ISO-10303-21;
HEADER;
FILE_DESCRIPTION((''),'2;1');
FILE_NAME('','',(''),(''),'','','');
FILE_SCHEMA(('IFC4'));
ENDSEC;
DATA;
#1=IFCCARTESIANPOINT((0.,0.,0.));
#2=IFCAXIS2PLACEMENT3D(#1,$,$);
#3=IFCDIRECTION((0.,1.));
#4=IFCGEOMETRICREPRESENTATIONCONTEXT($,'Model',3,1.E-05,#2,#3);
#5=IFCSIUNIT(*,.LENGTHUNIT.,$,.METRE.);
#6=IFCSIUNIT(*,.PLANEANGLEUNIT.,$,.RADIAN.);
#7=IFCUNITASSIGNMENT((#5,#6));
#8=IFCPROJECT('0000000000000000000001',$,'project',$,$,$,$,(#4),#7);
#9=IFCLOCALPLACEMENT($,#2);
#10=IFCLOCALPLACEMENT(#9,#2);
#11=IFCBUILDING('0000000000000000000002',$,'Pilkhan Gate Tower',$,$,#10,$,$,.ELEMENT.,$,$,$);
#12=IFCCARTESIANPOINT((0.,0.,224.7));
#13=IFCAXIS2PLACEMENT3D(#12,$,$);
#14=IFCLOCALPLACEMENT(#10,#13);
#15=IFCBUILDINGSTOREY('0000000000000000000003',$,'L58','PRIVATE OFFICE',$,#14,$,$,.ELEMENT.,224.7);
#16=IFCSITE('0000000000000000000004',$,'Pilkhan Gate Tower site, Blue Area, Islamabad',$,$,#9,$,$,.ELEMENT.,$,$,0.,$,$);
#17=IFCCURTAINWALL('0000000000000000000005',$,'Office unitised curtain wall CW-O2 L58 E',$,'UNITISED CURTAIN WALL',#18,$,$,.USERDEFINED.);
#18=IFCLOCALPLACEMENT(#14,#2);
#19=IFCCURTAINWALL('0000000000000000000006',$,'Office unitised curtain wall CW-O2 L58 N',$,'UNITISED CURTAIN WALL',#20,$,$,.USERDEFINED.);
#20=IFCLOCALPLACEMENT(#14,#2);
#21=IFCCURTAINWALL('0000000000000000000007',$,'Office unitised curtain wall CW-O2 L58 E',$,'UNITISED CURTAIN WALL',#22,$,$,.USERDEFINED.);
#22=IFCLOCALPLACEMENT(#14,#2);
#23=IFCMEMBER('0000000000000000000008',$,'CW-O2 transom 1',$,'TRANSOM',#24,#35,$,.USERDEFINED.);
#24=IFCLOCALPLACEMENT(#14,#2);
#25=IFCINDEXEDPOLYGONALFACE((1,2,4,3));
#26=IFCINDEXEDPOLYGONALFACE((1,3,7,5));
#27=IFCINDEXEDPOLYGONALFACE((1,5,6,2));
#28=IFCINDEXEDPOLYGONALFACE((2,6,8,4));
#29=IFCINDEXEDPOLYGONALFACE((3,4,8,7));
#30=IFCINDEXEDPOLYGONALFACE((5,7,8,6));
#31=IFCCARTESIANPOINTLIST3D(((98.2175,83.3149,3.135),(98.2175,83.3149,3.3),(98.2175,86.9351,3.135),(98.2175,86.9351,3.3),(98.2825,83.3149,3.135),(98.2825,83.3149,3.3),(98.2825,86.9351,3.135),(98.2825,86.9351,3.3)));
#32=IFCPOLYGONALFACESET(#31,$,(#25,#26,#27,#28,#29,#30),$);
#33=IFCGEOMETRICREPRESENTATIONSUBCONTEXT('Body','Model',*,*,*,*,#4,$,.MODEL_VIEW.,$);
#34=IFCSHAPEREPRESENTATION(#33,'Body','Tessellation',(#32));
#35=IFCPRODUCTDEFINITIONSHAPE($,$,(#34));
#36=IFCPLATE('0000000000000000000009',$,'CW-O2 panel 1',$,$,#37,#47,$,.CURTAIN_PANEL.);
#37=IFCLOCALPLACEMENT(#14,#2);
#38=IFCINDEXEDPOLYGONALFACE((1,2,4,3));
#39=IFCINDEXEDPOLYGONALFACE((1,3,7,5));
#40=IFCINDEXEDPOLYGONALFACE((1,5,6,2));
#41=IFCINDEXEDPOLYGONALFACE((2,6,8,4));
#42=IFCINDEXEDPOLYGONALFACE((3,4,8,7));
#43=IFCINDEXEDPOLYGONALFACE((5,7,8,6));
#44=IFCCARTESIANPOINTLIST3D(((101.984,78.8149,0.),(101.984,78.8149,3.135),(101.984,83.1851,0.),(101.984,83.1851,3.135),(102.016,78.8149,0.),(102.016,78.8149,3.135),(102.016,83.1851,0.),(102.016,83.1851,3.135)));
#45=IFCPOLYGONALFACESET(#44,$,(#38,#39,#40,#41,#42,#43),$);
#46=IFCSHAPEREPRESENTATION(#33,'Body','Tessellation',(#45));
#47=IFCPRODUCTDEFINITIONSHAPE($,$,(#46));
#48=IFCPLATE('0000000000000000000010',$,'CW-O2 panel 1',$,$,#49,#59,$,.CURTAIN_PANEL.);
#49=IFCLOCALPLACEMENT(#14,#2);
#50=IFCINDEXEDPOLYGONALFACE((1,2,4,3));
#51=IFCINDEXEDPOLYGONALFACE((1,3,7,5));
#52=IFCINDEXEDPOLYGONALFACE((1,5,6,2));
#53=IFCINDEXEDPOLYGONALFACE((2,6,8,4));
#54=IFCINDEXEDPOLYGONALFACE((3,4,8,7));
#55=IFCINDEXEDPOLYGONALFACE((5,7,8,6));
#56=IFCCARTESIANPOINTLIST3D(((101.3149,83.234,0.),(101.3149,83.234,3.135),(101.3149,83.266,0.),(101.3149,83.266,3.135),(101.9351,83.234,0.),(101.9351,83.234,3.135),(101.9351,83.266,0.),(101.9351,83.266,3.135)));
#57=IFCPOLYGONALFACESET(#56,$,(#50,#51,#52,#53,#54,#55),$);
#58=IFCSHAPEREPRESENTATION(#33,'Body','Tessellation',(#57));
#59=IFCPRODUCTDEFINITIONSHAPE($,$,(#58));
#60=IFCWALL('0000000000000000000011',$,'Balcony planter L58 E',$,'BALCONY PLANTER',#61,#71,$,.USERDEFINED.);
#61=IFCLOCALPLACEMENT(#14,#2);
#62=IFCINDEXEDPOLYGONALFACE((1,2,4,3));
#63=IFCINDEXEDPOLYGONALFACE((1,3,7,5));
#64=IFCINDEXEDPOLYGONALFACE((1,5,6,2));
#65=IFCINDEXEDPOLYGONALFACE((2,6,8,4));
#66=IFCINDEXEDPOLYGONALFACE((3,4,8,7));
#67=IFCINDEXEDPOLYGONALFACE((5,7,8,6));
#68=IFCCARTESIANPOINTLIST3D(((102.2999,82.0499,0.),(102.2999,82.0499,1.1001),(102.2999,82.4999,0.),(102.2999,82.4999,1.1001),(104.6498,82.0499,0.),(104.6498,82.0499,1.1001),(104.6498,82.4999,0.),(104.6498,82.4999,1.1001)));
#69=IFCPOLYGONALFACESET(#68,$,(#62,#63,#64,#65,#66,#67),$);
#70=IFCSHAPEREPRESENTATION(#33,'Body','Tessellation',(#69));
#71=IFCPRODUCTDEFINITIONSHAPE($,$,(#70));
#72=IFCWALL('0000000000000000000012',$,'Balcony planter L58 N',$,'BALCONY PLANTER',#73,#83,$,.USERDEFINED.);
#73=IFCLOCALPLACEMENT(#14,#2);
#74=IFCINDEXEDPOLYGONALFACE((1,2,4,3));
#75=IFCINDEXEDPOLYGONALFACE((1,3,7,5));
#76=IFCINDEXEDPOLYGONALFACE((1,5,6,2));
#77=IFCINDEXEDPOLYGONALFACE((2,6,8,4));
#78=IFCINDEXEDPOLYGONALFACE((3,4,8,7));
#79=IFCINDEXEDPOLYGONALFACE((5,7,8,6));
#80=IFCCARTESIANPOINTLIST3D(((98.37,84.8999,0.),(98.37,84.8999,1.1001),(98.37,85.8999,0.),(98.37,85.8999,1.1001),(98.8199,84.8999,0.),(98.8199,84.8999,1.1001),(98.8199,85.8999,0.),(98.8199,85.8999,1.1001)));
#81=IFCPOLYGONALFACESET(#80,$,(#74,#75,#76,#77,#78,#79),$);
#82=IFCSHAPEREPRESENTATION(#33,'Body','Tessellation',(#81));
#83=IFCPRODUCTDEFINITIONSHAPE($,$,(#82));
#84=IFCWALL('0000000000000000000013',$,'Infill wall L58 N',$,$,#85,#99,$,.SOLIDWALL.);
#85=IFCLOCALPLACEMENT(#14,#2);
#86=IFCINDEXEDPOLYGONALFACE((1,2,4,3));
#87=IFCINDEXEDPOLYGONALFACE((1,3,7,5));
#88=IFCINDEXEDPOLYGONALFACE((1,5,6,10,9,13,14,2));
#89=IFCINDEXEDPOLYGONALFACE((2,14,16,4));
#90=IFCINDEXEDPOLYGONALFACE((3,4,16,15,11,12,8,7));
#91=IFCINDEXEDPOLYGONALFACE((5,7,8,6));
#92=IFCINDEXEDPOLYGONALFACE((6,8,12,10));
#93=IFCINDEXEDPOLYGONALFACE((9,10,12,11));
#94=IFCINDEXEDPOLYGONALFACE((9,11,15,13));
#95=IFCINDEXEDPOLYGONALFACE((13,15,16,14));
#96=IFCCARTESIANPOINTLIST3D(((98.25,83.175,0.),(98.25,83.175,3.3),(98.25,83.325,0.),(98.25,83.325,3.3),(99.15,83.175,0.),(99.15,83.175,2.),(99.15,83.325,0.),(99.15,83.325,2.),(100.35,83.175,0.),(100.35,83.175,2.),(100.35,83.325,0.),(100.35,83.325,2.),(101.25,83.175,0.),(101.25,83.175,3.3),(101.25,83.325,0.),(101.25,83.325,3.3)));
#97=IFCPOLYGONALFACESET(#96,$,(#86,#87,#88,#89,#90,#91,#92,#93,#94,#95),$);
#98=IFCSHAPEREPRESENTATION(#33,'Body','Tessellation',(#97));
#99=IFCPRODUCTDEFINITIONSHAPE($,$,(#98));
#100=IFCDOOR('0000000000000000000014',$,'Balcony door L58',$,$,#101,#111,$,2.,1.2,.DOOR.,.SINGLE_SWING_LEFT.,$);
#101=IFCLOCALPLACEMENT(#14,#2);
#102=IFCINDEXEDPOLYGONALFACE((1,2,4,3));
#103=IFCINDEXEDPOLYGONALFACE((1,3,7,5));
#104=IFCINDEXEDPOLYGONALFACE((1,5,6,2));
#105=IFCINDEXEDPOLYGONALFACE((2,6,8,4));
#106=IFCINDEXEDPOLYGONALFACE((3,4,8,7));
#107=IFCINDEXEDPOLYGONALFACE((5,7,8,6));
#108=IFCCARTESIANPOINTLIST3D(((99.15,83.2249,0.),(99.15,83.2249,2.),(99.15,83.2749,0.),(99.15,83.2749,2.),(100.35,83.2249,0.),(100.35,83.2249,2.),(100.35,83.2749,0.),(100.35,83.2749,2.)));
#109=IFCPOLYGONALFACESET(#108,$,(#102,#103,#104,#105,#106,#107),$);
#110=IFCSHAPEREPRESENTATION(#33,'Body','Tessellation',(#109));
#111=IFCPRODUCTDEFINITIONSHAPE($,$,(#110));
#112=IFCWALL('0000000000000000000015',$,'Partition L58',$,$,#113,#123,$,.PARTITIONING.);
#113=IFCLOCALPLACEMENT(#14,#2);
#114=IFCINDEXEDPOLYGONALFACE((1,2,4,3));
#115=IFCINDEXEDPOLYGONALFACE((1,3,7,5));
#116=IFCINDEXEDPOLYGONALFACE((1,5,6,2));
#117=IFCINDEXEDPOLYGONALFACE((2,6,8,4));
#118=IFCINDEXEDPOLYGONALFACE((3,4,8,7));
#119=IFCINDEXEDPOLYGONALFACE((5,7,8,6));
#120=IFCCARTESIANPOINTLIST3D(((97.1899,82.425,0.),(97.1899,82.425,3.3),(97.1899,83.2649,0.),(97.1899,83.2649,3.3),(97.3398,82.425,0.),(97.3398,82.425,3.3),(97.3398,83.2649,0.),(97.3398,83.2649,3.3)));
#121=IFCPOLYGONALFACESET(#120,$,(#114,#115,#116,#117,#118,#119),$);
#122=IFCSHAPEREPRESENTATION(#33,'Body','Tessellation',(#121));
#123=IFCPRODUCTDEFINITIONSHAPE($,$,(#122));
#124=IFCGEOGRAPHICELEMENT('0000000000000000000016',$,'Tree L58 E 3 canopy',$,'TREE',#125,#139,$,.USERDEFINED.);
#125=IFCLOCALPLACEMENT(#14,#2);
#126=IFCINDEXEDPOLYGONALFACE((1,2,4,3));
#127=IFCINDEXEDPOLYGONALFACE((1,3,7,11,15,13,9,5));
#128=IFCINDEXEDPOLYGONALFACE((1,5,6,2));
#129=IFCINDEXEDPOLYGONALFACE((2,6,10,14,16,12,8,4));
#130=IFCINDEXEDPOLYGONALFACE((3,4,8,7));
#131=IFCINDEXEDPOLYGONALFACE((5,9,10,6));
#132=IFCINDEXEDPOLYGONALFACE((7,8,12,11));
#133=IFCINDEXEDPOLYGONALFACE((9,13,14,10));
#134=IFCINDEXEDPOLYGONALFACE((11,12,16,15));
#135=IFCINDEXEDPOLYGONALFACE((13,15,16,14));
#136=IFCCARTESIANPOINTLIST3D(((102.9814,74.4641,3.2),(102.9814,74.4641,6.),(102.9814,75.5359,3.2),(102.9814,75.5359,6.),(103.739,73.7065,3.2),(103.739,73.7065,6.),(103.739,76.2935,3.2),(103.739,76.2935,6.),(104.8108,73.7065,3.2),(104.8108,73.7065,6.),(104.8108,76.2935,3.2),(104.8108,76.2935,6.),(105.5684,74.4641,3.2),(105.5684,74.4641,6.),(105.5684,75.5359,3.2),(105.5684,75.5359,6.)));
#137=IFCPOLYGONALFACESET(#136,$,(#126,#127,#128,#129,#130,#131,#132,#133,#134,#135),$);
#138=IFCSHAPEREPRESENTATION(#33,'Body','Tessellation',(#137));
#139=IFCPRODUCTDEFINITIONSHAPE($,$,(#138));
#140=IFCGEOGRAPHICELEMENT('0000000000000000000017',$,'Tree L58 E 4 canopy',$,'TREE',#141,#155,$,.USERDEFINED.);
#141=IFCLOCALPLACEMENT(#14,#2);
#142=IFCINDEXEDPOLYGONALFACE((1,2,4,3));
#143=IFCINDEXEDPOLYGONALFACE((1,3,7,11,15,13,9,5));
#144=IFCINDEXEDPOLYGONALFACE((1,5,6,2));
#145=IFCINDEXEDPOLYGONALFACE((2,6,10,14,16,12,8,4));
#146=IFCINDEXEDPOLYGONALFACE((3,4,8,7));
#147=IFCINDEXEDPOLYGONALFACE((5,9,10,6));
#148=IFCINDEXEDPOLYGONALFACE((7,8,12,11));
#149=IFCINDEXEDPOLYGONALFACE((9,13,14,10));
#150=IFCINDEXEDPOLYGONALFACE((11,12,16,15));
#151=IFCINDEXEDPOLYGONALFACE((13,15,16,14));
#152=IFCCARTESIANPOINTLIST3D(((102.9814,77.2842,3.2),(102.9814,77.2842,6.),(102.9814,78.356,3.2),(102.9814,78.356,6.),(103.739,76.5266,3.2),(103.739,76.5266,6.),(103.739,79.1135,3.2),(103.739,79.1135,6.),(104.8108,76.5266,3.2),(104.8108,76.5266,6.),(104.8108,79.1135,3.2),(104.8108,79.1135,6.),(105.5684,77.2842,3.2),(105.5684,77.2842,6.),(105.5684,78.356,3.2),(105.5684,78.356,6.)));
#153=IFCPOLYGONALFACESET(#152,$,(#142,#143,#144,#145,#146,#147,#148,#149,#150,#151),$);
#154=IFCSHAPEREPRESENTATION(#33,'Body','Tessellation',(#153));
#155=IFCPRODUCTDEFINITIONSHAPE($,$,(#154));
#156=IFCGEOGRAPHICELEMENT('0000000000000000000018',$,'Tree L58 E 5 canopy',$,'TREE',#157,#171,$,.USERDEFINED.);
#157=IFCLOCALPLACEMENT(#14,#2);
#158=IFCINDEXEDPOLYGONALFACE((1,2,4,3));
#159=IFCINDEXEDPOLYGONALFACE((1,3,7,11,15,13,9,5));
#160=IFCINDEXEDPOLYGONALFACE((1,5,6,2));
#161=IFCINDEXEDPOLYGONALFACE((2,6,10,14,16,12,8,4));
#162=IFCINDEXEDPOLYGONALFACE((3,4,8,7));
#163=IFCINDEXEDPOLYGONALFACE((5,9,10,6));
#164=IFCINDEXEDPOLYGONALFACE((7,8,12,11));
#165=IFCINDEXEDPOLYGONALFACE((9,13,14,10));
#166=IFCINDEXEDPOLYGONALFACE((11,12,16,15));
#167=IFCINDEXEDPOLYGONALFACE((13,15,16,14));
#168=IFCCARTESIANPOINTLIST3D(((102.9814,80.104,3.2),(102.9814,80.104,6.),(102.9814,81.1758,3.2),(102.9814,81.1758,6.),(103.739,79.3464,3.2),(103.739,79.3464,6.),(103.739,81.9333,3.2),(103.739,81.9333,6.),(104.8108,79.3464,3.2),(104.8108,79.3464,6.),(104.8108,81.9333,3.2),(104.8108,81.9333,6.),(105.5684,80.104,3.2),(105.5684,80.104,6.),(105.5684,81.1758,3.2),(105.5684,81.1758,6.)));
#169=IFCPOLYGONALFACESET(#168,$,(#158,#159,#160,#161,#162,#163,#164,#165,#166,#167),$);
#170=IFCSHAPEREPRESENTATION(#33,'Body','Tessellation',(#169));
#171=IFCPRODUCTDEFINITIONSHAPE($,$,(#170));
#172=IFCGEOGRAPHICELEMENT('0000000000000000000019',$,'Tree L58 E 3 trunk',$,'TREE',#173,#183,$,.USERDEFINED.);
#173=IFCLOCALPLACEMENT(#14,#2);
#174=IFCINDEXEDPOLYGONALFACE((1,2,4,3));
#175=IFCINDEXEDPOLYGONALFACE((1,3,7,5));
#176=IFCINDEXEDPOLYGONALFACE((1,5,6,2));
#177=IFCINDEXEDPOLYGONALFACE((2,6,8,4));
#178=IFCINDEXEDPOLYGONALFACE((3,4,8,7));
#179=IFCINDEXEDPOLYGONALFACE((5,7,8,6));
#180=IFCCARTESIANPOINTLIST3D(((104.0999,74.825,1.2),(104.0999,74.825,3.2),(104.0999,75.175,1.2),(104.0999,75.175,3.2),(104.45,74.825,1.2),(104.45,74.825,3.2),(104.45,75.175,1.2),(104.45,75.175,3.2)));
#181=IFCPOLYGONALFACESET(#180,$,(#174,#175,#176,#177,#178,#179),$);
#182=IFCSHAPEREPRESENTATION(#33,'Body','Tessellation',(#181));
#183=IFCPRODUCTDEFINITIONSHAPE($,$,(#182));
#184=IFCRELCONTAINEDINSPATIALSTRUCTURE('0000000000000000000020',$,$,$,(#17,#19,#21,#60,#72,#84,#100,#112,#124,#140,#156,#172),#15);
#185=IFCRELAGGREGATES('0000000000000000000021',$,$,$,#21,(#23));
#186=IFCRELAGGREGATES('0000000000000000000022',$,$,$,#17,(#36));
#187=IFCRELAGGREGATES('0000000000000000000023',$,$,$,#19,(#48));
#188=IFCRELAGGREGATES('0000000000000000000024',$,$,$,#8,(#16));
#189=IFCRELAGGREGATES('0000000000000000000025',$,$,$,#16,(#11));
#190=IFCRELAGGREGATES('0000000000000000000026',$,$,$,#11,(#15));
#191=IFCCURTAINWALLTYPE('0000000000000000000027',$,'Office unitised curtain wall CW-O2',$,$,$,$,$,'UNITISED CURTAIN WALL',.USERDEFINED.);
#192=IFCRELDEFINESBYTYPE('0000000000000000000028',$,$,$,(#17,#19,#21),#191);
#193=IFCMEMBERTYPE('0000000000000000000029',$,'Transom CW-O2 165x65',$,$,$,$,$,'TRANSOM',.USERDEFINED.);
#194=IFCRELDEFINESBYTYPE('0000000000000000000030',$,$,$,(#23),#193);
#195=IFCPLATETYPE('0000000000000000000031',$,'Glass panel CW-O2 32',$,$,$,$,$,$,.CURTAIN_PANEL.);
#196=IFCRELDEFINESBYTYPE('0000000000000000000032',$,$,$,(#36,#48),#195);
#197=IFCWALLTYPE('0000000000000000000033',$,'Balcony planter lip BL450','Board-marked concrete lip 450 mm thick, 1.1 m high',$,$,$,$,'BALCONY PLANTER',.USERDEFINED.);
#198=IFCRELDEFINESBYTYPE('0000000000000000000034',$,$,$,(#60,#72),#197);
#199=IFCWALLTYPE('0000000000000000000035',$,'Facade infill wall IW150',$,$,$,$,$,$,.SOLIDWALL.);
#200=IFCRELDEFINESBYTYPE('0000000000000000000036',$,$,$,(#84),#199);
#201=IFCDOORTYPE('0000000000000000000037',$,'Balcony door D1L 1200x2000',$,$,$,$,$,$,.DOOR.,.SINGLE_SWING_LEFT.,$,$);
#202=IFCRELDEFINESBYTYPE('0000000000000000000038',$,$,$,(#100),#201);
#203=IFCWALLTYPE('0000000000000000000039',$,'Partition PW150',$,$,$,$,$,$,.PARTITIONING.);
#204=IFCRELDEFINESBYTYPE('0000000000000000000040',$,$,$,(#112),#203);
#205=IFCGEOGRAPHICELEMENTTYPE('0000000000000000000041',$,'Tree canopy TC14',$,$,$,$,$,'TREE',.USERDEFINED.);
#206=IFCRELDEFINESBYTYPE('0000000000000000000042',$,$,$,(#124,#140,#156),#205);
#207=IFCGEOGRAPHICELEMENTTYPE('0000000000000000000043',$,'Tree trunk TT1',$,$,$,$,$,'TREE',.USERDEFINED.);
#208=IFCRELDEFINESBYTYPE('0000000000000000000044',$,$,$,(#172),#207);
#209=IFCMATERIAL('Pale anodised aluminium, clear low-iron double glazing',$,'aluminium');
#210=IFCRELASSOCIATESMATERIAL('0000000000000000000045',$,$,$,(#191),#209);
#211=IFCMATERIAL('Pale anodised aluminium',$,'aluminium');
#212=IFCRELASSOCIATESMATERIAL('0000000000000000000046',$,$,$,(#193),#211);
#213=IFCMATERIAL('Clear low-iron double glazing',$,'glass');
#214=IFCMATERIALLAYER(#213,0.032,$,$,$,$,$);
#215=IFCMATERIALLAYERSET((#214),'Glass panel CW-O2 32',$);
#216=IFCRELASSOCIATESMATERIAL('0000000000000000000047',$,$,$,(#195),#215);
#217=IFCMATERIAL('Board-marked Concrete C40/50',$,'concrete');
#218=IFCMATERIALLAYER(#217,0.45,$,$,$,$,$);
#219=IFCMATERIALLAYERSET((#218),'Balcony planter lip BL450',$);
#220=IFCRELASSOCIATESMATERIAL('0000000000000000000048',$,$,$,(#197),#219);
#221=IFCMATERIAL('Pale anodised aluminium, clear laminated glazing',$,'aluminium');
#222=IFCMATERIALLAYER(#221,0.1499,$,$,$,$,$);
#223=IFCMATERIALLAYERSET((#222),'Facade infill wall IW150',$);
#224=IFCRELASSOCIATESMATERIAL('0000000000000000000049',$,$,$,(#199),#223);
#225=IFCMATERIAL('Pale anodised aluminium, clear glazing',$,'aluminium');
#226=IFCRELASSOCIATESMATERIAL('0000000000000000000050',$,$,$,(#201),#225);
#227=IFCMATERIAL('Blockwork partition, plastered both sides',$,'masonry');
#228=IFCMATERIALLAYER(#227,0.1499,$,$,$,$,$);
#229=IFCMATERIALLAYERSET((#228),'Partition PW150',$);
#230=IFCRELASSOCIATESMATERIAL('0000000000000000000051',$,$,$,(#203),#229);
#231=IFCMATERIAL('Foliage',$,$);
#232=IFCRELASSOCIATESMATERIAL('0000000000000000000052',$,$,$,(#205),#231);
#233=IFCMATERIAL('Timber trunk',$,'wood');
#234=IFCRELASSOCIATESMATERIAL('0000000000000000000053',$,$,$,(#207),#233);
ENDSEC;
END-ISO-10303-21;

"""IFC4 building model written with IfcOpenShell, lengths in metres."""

from ifc_helpers import new_model, si_unit, direction, frame, frame_2d, origin, origin_2d, place, context, subcontext, project, spatial, polyline, rectangle, outline, extrude, material, layer, layer_set, material_profile, profile_set, type_object, element, fill, aggregate, save


model = new_model("IFC4")

# Units and contexts
model_context = context("Model", 3, precision=1e-05, world=origin(), true_north=direction((0.0, 1.0)))
body_context = subcontext(model_context, "Body", "Model", "MODEL_VIEW")
ifc_project = project(units=[si_unit("LENGTHUNIT", "METRE"), si_unit("PLANEANGLEUNIT", "RADIAN")], contexts=[model_context])

# Site, building, storey
site_placement = place(None, origin())
site = spatial("IfcSite", under=ifc_project, at=site_placement, Name="Pilkhan Gate Tower site, Blue Area, Islamabad", CompositionType="ELEMENT", RefElevation=0.0)
building_placement = place(site_placement, origin())
building = spatial("IfcBuilding", under=site, at=building_placement, Name="Pilkhan Gate Tower", CompositionType="ELEMENT")
storey_placement = place(building_placement, frame((0.0, 0.0, 224.7)))
storey = spatial("IfcBuildingStorey", under=building, at=storey_placement, Name="L58", Description="PRIVATE OFFICE", CompositionType="ELEMENT", Elevation=224.7)

# Curtain walls
ifc_material_1 = material(Name="Pale anodised aluminium, clear low-iron double glazing", Category="aluminium")
curtain_wall_type = type_object("IfcCurtainWallType", Name="Office unitised curtain wall CW-O2", ElementType="UNITISED CURTAIN WALL", PredefinedType="USERDEFINED", material=ifc_material_1)
curtain_wall_1_placement = place(storey_placement, origin())
curtain_wall_1 = element("IfcCurtainWall", 1, at=curtain_wall_1_placement, inside=storey, type_object=curtain_wall_type, Name="Office unitised curtain wall CW-O2 L58 E", ObjectType="UNITISED CURTAIN WALL", PredefinedType="USERDEFINED")
ifc_material_2 = material(Name="Pale anodised aluminium", Category="aluminium")
curtain_wall_2_placement = place(storey_placement, origin())
curtain_wall_2 = element("IfcCurtainWall", 2, at=curtain_wall_2_placement, inside=storey, type_object=curtain_wall_type, Name="Office unitised curtain wall CW-O2 L58 N", ObjectType="UNITISED CURTAIN WALL", PredefinedType="USERDEFINED")

# Curtain wall
curtain_wall_3_placement = place(storey_placement, origin())
curtain_wall_3 = element("IfcCurtainWall", 3, at=curtain_wall_3_placement, inside=storey, type_object=curtain_wall_type, Name="Office unitised curtain wall CW-O2 L58 E", ObjectType="UNITISED CURTAIN WALL", PredefinedType="USERDEFINED")

# Member
ifc_material_profile_1 = material_profile(ifc_material_2, rectangle(XDim=0.0649, YDim=0.165, at=origin_2d()), Name="Transom 165x65")
ifc_profile_set_1 = profile_set([ifc_material_profile_1], Name="Pale anodised aluminium")
member_type_1 = type_object("IfcMemberType", Name="Transom CW-O2 165x65", ElementType="TRANSOM", PredefinedType="USERDEFINED", material=ifc_profile_set_1)
member_1_placement = place(storey_placement, frame((98.25, 83.3149, 3.2175), z_axis=(0.0, 1.0, 0.0), x_axis=(-1.0, 0.0, 0.0)))
member_1 = element("IfcMember", 4, at=member_1_placement, type_object=member_type_1, Name="CW-O2 transom 1", ObjectType="TRANSOM", PredefinedType="USERDEFINED", context=body_context, shape_type="SweptSolid", body=[
    extrude(rectangle(XDim=0.0649, YDim=0.165, at=origin_2d()), origin(), (0.0, 0.0, 1.0), 3.6201),
])
aggregate(curtain_wall_3, [member_1])

# Plates
ifc_material_3 = material(Name="Clear low-iron double glazing", Category="glass")
ifc_layer_1 = layer(ifc_material_3, 0.032)
ifc_layer_set_1 = layer_set([ifc_layer_1], Name="Glass panel CW-O2 32")
plate_type = type_object("IfcPlateType", Name="Glass panel CW-O2 32", PredefinedType="CURTAIN_PANEL", material=ifc_layer_set_1)
plate_1_placement = place(storey_placement, frame((102.0, 81.0, 0.0), z_axis=(0.0, 0.0, 1.0), x_axis=(0.0, 1.0, 0.0)))
plate_1 = element("IfcPlate", 5, at=plate_1_placement, type_object=plate_type, Name="CW-O2 panel 1", PredefinedType="CURTAIN_PANEL", context=body_context, shape_type="SweptSolid", body=[
    extrude(rectangle(XDim=4.3701, YDim=0.032, at=origin_2d()), origin(), (0.0, 0.0, 1.0), 3.135),
])
aggregate(curtain_wall_1, [plate_1])
plate_2_placement = place(storey_placement, frame((101.625, 83.25, 0.0), z_axis=(0.0, 0.0, 1.0), x_axis=(1.0, 0.0, 0.0)))
plate_2 = element("IfcPlate", 6, at=plate_2_placement, type_object=plate_type, Name="CW-O2 panel 1", PredefinedType="CURTAIN_PANEL", context=body_context, shape_type="SweptSolid", body=[
    extrude(rectangle(XDim=0.6201, YDim=0.032, at=origin_2d()), origin(), (0.0, 0.0, 1.0), 3.135),
])
aggregate(curtain_wall_2, [plate_2])

# Walls
ifc_material_4 = material(Name="Board-marked Concrete C40/50", Category="concrete")
ifc_layer_2 = layer(ifc_material_4, 0.45)
ifc_layer_set_2 = layer_set([ifc_layer_2], Name="Balcony planter lip BL450")
wall_type_1 = type_object("IfcWallType", Name="Balcony planter lip BL450", Description="Board-marked concrete lip 450 mm thick, 1.1 m high", ElementType="BALCONY PLANTER", PredefinedType="USERDEFINED", material=ifc_layer_set_2)
wall_1_placement = place(storey_placement, frame((102.3, 82.2749, 0.0), z_axis=(0.0, 0.0, 1.0), x_axis=(1.0, 0.0, 0.0)))
element("IfcWall", 7, at=wall_1_placement, inside=storey, type_object=wall_type_1, Name="Balcony planter L58 E", ObjectType="BALCONY PLANTER", PredefinedType="USERDEFINED", context=body_context, shape_type="SweptSolid", body=[
    extrude(rectangle(XDim=2.3499, YDim=0.45, at=frame_2d((1.1748, 0.0))), origin(), (0.0, 0.0, 1.0), 1.1001),
])
wall_2_placement = place(storey_placement, frame((98.595, 84.8999, 0.0), z_axis=(0.0, 0.0, 1.0), x_axis=(0.0, 1.0, 0.0)))
element("IfcWall", 8, at=wall_2_placement, inside=storey, type_object=wall_type_1, Name="Balcony planter L58 N", ObjectType="BALCONY PLANTER", PredefinedType="USERDEFINED", context=body_context, shape_type="SweptSolid", body=[
    extrude(rectangle(XDim=1.0, YDim=0.45, at=frame_2d((0.5, 0.0))), origin(), (0.0, 0.0, 1.0), 1.1001),
])

# Wall, opening, door
ifc_material_5 = material(Name="Pale anodised aluminium, clear laminated glazing", Category="aluminium")
ifc_layer_3 = layer(ifc_material_5, 0.1499)
ifc_layer_set_3 = layer_set([ifc_layer_3], Name="Facade infill wall IW150")
wall_type_2 = type_object("IfcWallType", Name="Facade infill wall IW150", PredefinedType="SOLIDWALL", material=ifc_layer_set_3)
ifc_material_6 = material(Name="Pale anodised aluminium, clear glazing", Category="aluminium")
wall_3_placement = place(storey_placement, frame((98.25, 83.25, 0.0), z_axis=(0.0, 0.0, 1.0), x_axis=(1.0, 0.0, 0.0)))
wall_3 = element("IfcWall", 9, at=wall_3_placement, inside=storey, type_object=wall_type_2, Name="Infill wall L58 N", PredefinedType="SOLIDWALL", context=body_context, shape_type="SweptSolid", body=[
    extrude(rectangle(XDim=3.0, YDim=0.1499, at=frame_2d((1.5, 0.0))), origin(), (0.0, 0.0, 1.0), 3.3),
])
opening_1_placement = place(wall_3_placement, frame((0.8999, 0.0, 0.0)))
opening_1 = element("IfcOpeningElement", 10, at=opening_1_placement, cuts=wall_3, PredefinedType="OPENING", context=body_context, shape_type="SweptSolid", body=[
    extrude(rectangle(XDim=1.2, YDim=2.0, at=frame_2d((0.6001, 1.0))), frame((0.0, 0.085, 0.0), z_axis=(0.0, -1.0, 0.0), x_axis=(1.0, 0.0, 0.0)), (0.0, 0.0, 1.0), 0.1699),
])
door_type_1 = type_object("IfcDoorType", Name="Balcony door D1L 1200x2000", OperationType="SINGLE_SWING_LEFT", PredefinedType="DOOR", material=ifc_material_6)
door_1_placement = place(opening_1_placement, origin())
door_1 = element("IfcDoor", 11, at=door_1_placement, inside=storey, type_object=door_type_1, Name="Balcony door L58", OperationType="SINGLE_SWING_LEFT", OverallHeight=2.0, OverallWidth=1.2, PredefinedType="DOOR", context=body_context, shape_type="SweptSolid", body=[
    extrude(rectangle(XDim=1.2, YDim=2.0, at=frame_2d((0.6001, 1.0))), frame((0.0, 0.0249, 0.0), z_axis=(0.0, -1.0, 0.0), x_axis=(1.0, 0.0, 0.0)), (0.0, 0.0, 1.0), 0.05),
])
fill(opening_1, door_1)

# Wall
ifc_material_7 = material(Name="Blockwork partition, plastered both sides", Category="masonry")
ifc_layer_4 = layer(ifc_material_7, 0.1499)
ifc_layer_set_4 = layer_set([ifc_layer_4], Name="Partition PW150")
wall_type_3 = type_object("IfcWallType", Name="Partition PW150", PredefinedType="PARTITIONING", material=ifc_layer_set_4)
wall_4_placement = place(storey_placement, frame((97.2649, 82.425, 0.0), z_axis=(0.0, 0.0, 1.0), x_axis=(0.0, 1.0, 0.0)))
element("IfcWall", 12, at=wall_4_placement, inside=storey, type_object=wall_type_3, Name="Partition L58", PredefinedType="PARTITIONING", context=body_context, shape_type="SweptSolid", body=[
    extrude(rectangle(XDim=0.8398, YDim=0.1499, at=frame_2d((0.4199, 0.0))), origin(), (0.0, 0.0, 1.0), 3.3),
])

# Geographic elements
ifc_material_8 = material(Name="Foliage")
ifc_material_profile_2 = material_profile(ifc_material_8, outline(polyline([(1.2935, 0.5359), (0.5359, 1.2935), (-0.5359, 1.2935), (-1.2935, 0.5359), (-1.2935, -0.5359), (-0.5359, -1.2935), (0.5359, -1.2935), (1.2935, -0.5359), (1.2935, 0.5359)])), Name="Canopy D2.8")
ifc_profile_set_2 = profile_set([ifc_material_profile_2], Name="Foliage")
geographic_element_type_1 = type_object("IfcGeographicElementType", Name="Tree canopy TC14", ElementType="TREE", PredefinedType="USERDEFINED", material=ifc_profile_set_2)
for number, where, z_axis, x_axis, name in (
    (13, (104.2749, 75.0, 3.2), (0.0, 0.0, 1.0), (1.0, 0.0, 0.0), "Tree L58 E 3 canopy"),
    (14, (104.2749, 77.8201, 3.2), (0.0, 0.0, 1.0), (1.0, 0.0, 0.0), "Tree L58 E 4 canopy"),
    (15, (104.2749, 80.6399, 3.2), (0.0, 0.0, 1.0), (1.0, 0.0, 0.0), "Tree L58 E 5 canopy"),
):
    element("IfcGeographicElement", number, at=place(storey_placement, frame(where, z_axis=z_axis, x_axis=x_axis)), inside=storey, type_object=geographic_element_type_1, Name=name, ObjectType="TREE", PredefinedType="USERDEFINED", context=body_context, shape_type="SweptSolid", body=[
        extrude(outline(polyline([(1.2935, 0.5359), (0.5359, 1.2935), (-0.5359, 1.2935), (-1.2935, 0.5359), (-1.2935, -0.5359), (-0.5359, -1.2935), (0.5359, -1.2935), (1.2935, -0.5359), (1.2935, 0.5359)])), origin(), (0.0, 0.0, 1.0), 2.8),
    ])
ifc_material_9 = material(Name="Timber trunk", Category="wood")
geographic_element_type_2 = type_object("IfcGeographicElementType", Name="Tree trunk TT1", ElementType="TREE", PredefinedType="USERDEFINED", material=ifc_material_9)
for number, where, z_axis, x_axis, name in (
    (16, (104.2749, 75.0, 1.2), (0.0, 0.0, 1.0), (1.0, 0.0, 0.0), "Tree L58 E 3 trunk"),
):
    element("IfcGeographicElement", number, at=place(storey_placement, frame(where, z_axis=z_axis, x_axis=x_axis)), inside=storey, type_object=geographic_element_type_2, Name=name, ObjectType="TREE", PredefinedType="USERDEFINED", context=body_context, shape_type="SweptSolid", body=[
        extrude(rectangle(XDim=0.3501, YDim=0.3501, at=origin_2d()), origin(), (0.0, 0.0, 1.0), 2.0),
    ])

save(model, "model.ifc")
